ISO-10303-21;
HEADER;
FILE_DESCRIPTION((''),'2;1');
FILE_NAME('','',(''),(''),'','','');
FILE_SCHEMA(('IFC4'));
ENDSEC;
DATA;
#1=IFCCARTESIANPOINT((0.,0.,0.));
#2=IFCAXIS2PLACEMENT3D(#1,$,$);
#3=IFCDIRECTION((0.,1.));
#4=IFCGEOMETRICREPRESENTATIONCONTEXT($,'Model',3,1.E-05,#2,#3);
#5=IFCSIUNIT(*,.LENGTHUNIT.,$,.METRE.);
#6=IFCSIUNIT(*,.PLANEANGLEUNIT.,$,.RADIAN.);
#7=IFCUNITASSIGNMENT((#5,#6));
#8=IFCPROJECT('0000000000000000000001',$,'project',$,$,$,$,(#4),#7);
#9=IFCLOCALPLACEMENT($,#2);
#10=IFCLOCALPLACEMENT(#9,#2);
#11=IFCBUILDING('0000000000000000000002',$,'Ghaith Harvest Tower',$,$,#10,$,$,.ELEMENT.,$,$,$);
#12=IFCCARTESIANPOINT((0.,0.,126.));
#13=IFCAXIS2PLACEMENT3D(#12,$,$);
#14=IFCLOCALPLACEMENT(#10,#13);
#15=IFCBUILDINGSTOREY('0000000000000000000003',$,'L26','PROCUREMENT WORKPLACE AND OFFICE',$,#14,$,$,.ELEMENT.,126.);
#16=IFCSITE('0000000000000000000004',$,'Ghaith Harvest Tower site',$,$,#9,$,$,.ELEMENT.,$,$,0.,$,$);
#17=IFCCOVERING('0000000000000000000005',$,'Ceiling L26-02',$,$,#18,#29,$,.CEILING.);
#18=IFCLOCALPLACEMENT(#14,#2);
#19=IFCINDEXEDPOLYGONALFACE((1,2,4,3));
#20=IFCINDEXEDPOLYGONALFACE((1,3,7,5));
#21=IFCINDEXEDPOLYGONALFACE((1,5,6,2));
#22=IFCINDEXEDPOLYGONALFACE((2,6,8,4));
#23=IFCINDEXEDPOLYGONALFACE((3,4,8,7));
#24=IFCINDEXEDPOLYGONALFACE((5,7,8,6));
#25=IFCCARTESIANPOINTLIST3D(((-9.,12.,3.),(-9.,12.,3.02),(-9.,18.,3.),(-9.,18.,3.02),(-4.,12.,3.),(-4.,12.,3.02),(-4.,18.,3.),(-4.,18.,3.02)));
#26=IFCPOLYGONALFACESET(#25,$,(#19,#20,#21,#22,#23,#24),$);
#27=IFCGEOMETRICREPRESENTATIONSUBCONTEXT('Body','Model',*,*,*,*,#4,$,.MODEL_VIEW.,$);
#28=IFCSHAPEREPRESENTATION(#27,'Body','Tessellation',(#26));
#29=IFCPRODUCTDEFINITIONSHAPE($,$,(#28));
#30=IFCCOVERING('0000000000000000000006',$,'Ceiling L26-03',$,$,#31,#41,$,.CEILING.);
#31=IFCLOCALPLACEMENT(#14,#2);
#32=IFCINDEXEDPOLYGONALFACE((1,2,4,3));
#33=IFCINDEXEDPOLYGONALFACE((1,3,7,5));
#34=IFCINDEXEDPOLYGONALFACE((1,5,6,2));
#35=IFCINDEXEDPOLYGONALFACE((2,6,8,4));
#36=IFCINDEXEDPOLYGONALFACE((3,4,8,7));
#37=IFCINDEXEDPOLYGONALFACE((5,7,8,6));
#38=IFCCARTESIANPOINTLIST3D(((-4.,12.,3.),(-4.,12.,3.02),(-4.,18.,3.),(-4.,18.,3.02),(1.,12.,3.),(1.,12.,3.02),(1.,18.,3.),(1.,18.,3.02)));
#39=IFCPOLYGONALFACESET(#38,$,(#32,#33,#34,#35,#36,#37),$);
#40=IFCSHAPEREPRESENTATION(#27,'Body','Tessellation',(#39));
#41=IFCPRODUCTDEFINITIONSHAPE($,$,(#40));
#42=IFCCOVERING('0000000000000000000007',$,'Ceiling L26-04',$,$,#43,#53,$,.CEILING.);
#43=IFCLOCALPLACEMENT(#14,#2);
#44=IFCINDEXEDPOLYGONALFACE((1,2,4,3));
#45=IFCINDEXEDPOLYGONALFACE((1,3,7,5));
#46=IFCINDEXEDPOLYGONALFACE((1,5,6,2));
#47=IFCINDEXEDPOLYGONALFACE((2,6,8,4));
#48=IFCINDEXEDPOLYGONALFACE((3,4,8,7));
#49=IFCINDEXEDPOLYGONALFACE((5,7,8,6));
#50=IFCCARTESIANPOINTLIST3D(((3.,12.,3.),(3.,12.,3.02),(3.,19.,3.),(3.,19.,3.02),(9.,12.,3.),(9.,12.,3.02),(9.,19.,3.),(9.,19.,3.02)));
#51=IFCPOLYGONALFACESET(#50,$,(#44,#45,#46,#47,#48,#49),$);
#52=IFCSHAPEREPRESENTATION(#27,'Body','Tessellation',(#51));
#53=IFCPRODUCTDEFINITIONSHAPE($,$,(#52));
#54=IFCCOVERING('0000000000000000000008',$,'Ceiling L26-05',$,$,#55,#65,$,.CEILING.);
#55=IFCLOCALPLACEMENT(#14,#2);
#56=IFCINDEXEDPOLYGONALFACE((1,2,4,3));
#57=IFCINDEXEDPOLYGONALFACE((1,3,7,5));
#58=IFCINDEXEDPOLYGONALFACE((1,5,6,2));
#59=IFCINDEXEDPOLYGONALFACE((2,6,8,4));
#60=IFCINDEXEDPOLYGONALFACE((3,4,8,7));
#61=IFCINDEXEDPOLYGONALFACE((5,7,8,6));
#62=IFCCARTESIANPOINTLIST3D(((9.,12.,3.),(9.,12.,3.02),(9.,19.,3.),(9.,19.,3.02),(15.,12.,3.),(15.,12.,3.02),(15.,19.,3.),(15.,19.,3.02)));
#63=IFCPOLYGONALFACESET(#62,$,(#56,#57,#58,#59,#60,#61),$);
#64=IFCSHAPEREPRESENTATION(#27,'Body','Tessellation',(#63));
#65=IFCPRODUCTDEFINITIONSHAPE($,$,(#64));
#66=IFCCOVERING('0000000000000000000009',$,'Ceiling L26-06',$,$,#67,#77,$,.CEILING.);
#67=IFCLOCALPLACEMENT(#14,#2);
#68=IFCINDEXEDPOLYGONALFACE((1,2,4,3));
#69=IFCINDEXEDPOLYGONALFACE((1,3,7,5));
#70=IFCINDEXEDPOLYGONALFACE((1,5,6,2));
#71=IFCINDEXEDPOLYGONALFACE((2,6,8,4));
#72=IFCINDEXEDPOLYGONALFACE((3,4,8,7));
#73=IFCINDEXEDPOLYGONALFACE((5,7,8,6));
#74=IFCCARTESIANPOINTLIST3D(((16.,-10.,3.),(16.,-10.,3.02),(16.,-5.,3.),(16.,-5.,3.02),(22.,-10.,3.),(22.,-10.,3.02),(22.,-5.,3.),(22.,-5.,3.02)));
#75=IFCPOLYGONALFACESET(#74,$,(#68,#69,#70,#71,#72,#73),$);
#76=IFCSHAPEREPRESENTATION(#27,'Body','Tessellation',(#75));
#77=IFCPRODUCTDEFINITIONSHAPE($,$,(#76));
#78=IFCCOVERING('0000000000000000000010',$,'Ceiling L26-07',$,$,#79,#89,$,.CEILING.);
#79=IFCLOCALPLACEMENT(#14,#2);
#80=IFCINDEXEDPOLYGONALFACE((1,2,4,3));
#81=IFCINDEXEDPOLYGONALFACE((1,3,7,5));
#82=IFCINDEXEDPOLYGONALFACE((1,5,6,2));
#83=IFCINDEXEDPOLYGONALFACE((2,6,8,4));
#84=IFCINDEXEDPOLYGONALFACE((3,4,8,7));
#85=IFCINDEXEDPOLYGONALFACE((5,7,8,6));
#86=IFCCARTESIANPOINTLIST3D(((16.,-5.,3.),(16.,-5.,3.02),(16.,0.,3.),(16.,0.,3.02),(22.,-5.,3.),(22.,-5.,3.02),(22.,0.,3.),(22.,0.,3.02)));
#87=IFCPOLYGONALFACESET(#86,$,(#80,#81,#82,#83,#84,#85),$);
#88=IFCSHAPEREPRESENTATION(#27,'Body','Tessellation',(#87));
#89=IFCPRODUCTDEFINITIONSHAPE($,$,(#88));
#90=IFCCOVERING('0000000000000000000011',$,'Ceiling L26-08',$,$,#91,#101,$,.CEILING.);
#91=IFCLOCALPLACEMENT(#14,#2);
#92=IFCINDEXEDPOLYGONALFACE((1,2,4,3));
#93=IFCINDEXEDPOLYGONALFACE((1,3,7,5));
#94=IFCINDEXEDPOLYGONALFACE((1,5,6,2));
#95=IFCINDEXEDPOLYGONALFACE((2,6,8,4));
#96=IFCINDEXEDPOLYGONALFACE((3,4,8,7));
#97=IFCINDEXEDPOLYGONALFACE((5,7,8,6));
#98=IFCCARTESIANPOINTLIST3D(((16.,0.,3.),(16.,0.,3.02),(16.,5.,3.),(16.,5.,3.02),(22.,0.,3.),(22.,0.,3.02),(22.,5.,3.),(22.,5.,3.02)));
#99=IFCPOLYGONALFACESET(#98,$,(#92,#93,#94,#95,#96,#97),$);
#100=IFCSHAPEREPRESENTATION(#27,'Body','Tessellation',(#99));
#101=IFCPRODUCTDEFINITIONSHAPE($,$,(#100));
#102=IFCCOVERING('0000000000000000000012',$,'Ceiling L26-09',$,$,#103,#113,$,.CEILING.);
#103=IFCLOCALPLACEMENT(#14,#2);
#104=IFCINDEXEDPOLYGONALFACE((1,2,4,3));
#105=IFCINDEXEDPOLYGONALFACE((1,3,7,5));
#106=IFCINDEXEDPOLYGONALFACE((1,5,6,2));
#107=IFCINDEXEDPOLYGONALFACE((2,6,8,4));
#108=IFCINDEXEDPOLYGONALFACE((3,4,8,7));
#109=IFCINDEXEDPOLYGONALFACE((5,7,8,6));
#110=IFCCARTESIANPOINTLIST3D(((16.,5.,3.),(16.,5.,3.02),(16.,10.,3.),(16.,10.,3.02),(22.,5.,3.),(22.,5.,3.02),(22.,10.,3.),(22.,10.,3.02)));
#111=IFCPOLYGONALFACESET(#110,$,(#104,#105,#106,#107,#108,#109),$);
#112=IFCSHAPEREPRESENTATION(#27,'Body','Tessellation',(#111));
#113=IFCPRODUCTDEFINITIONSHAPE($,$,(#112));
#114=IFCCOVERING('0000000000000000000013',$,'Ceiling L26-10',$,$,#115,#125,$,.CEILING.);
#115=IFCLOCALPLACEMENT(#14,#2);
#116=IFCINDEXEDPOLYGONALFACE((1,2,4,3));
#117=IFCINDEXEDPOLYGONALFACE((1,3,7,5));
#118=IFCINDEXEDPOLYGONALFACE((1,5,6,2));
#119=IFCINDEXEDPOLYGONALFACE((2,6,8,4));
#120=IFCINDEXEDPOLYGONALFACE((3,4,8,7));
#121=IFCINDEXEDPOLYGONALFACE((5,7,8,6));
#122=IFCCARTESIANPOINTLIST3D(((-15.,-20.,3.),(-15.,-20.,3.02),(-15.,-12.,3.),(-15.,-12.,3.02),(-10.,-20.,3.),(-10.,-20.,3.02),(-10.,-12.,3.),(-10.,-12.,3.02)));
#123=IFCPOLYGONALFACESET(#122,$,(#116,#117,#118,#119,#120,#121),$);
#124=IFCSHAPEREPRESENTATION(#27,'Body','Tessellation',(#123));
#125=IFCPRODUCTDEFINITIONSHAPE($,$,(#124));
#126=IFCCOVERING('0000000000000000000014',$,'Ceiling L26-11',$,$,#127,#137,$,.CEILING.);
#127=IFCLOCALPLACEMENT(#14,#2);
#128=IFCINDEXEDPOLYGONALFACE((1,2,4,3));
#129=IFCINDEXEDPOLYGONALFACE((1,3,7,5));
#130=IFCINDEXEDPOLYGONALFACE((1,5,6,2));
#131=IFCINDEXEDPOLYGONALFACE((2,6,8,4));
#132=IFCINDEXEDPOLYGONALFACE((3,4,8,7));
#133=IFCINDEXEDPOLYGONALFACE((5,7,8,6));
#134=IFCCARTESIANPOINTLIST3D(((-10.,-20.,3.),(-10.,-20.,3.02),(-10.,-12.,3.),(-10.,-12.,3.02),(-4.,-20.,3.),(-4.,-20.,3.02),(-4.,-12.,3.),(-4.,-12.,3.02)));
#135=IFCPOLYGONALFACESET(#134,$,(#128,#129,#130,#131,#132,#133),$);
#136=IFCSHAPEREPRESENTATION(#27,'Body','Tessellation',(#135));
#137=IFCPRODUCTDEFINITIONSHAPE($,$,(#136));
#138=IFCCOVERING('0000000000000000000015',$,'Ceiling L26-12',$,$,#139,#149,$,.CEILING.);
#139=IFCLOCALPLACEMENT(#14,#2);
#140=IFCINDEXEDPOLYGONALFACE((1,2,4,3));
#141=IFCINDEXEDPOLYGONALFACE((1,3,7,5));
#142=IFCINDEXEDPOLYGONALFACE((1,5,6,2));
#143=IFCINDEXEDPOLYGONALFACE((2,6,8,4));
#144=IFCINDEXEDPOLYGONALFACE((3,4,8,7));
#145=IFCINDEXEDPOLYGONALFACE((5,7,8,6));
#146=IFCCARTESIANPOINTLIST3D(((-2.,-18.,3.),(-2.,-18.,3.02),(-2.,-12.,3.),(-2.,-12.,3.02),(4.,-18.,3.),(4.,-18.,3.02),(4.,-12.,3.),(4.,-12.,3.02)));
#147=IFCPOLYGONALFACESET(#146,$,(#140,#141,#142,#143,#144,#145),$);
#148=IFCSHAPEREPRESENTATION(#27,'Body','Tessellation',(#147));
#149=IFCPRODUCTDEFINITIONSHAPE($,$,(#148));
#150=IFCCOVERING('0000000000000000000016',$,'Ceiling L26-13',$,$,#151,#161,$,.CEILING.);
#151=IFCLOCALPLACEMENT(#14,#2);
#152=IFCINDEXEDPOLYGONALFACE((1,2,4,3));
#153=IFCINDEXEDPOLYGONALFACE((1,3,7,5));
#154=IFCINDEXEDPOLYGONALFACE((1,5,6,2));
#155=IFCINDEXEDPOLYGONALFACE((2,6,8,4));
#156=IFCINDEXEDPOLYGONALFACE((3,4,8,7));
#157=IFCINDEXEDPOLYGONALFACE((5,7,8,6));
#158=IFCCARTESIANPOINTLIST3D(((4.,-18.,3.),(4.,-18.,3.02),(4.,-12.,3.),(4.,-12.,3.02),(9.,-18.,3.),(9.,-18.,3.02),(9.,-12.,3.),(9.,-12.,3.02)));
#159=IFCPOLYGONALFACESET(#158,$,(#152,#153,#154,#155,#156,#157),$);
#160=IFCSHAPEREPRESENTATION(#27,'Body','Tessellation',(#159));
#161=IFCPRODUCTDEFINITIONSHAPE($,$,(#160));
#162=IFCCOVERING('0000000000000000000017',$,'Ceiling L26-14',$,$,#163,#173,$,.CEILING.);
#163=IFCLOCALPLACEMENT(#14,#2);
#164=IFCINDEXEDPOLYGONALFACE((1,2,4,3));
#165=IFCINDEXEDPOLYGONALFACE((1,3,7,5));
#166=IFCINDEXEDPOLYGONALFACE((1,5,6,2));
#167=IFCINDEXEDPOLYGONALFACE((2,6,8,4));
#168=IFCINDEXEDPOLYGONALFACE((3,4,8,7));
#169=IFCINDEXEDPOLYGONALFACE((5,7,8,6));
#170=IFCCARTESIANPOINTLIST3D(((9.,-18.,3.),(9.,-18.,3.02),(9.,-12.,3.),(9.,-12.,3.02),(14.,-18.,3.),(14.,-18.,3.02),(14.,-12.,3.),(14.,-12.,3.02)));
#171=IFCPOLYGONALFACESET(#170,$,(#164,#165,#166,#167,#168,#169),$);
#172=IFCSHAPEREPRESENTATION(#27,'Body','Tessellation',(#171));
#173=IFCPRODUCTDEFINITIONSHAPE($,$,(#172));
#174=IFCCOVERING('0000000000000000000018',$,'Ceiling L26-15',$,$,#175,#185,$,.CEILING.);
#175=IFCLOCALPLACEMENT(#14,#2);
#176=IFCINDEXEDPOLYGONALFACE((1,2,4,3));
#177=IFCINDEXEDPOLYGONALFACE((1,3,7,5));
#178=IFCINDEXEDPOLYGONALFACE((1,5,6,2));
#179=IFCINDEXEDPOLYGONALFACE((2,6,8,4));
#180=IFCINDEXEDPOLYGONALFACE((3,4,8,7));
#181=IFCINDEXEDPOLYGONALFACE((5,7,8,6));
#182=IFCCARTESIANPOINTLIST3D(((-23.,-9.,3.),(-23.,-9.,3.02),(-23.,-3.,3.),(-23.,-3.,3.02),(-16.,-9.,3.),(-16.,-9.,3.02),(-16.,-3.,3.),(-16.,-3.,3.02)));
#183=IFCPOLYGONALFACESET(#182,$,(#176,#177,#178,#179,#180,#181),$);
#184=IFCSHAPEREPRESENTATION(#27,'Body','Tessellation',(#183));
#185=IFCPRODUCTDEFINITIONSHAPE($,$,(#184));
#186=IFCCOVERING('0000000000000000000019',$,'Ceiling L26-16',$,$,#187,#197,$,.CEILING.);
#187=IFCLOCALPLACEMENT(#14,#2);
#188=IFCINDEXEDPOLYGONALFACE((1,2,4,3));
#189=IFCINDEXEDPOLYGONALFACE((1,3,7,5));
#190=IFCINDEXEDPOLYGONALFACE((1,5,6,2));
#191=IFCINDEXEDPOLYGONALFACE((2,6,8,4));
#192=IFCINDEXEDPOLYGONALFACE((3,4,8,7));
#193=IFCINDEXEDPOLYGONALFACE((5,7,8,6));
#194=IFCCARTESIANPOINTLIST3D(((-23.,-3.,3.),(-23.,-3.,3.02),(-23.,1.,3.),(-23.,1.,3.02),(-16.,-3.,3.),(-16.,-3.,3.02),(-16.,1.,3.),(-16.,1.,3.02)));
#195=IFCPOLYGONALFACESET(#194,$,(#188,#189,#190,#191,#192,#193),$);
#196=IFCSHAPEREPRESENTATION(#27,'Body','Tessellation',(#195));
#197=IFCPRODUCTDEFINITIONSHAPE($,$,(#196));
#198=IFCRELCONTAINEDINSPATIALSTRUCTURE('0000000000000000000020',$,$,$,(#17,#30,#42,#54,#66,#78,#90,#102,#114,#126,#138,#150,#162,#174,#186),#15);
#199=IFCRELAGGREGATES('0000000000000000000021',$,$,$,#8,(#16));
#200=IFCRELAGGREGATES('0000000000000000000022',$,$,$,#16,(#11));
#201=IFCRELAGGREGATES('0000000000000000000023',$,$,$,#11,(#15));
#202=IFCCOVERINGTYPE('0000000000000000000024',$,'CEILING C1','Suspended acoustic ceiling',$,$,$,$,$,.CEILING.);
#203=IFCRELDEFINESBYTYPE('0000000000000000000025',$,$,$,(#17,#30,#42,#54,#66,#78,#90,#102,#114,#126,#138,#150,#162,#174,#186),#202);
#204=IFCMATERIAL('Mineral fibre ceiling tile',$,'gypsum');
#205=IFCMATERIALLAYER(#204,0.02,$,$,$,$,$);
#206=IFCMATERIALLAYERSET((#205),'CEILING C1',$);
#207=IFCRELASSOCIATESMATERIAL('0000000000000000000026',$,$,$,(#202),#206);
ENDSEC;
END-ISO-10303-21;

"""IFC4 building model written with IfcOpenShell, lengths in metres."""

from ifc_helpers import new_model, si_unit, direction, frame, origin, place, context, subcontext, project, spatial, polyline, outline, extrude, material, layer, layer_set, type_object, element, save


model = new_model("IFC4")

# Units and contexts
model_context = context("Model", 3, precision=1e-05, world=origin(), true_north=direction((0.0, 1.0)))
body_context = subcontext(model_context, "Body", "Model", "MODEL_VIEW")
ifc_project = project(units=[si_unit("LENGTHUNIT", "METRE"), si_unit("PLANEANGLEUNIT", "RADIAN")], contexts=[model_context])

# Site, building, storey
site_placement = place(None, origin())
site = spatial("IfcSite", under=ifc_project, at=site_placement, Name="Ghaith Harvest Tower site", CompositionType="ELEMENT", RefElevation=0.0)
building_placement = place(site_placement, origin())
building = spatial("IfcBuilding", under=site, at=building_placement, Name="Ghaith Harvest Tower", CompositionType="ELEMENT")
storey_placement = place(building_placement, frame((0.0, 0.0, 126.0)))
storey = spatial("IfcBuildingStorey", under=building, at=storey_placement, Name="L26", Description="PROCUREMENT WORKPLACE AND OFFICE", CompositionType="ELEMENT", Elevation=126.0)

# Coverings
ifc_material_1 = material(Name="Mineral fibre ceiling tile", Category="gypsum")
ifc_layer_1 = layer(ifc_material_1, 0.02)
ifc_layer_set_1 = layer_set([ifc_layer_1], Name="CEILING C1")
covering_type = type_object("IfcCoveringType", Name="CEILING C1", Description="Suspended acoustic ceiling", PredefinedType="CEILING", material=ifc_layer_set_1)
covering_1_placement = place(storey_placement, frame((0.0, 0.0, 3.0)))
element("IfcCovering", 1, at=covering_1_placement, inside=storey, type_object=covering_type, Name="Ceiling L26-02", PredefinedType="CEILING", context=body_context, shape_type="SweptSolid", body=[
    extrude(outline(polyline([(-9.0, 12.0), (-4.0, 12.0), (-4.0, 18.0), (-9.0, 18.0), (-9.0, 12.0)])), origin(), (0.0, 0.0, 1.0), 0.02),
])
covering_2_placement = place(storey_placement, frame((0.0, 0.0, 3.0)))
element("IfcCovering", 2, at=covering_2_placement, inside=storey, type_object=covering_type, Name="Ceiling L26-03", PredefinedType="CEILING", context=body_context, shape_type="SweptSolid", body=[
    extrude(outline(polyline([(-4.0, 12.0), (1.0, 12.0), (1.0, 18.0), (-4.0, 18.0), (-4.0, 12.0)])), origin(), (0.0, 0.0, 1.0), 0.02),
])
covering_3_placement = place(storey_placement, frame((0.0, 0.0, 3.0)))
element("IfcCovering", 3, at=covering_3_placement, inside=storey, type_object=covering_type, Name="Ceiling L26-04", PredefinedType="CEILING", context=body_context, shape_type="SweptSolid", body=[
    extrude(outline(polyline([(3.0, 12.0), (9.0, 12.0), (9.0, 19.0), (3.0, 19.0), (3.0, 12.0)])), origin(), (0.0, 0.0, 1.0), 0.02),
])
covering_4_placement = place(storey_placement, frame((0.0, 0.0, 3.0)))
element("IfcCovering", 4, at=covering_4_placement, inside=storey, type_object=covering_type, Name="Ceiling L26-05", PredefinedType="CEILING", context=body_context, shape_type="SweptSolid", body=[
    extrude(outline(polyline([(9.0, 12.0), (15.0, 12.0), (15.0, 19.0), (9.0, 19.0), (9.0, 12.0)])), origin(), (0.0, 0.0, 1.0), 0.02),
])
covering_5_placement = place(storey_placement, frame((0.0, 0.0, 3.0)))
element("IfcCovering", 5, at=covering_5_placement, inside=storey, type_object=covering_type, Name="Ceiling L26-06", PredefinedType="CEILING", context=body_context, shape_type="SweptSolid", body=[
    extrude(outline(polyline([(16.0, -10.0), (22.0, -10.0), (22.0, -5.0), (16.0, -5.0), (16.0, -10.0)])), origin(), (0.0, 0.0, 1.0), 0.02),
])
covering_6_placement = place(storey_placement, frame((0.0, 0.0, 3.0)))
element("IfcCovering", 6, at=covering_6_placement, inside=storey, type_object=covering_type, Name="Ceiling L26-07", PredefinedType="CEILING", context=body_context, shape_type="SweptSolid", body=[
    extrude(outline(polyline([(16.0, -5.0), (22.0, -5.0), (22.0, 0.0), (16.0, 0.0), (16.0, -5.0)])), origin(), (0.0, 0.0, 1.0), 0.02),
])
covering_7_placement = place(storey_placement, frame((0.0, 0.0, 3.0)))
element("IfcCovering", 7, at=covering_7_placement, inside=storey, type_object=covering_type, Name="Ceiling L26-08", PredefinedType="CEILING", context=body_context, shape_type="SweptSolid", body=[
    extrude(outline(polyline([(16.0, 0.0), (22.0, 0.0), (22.0, 5.0), (16.0, 5.0), (16.0, 0.0)])), origin(), (0.0, 0.0, 1.0), 0.02),
])
covering_8_placement = place(storey_placement, frame((0.0, 0.0, 3.0)))
element("IfcCovering", 8, at=covering_8_placement, inside=storey, type_object=covering_type, Name="Ceiling L26-09", PredefinedType="CEILING", context=body_context, shape_type="SweptSolid", body=[
    extrude(outline(polyline([(16.0, 5.0), (22.0, 5.0), (22.0, 10.0), (16.0, 10.0), (16.0, 5.0)])), origin(), (0.0, 0.0, 1.0), 0.02),
])
covering_9_placement = place(storey_placement, frame((0.0, 0.0, 3.0)))
element("IfcCovering", 9, at=covering_9_placement, inside=storey, type_object=covering_type, Name="Ceiling L26-10", PredefinedType="CEILING", context=body_context, shape_type="SweptSolid", body=[
    extrude(outline(polyline([(-15.0, -20.0), (-10.0, -20.0), (-10.0, -12.0), (-15.0, -12.0), (-15.0, -20.0)])), origin(), (0.0, 0.0, 1.0), 0.02),
])
covering_10_placement = place(storey_placement, frame((0.0, 0.0, 3.0)))
element("IfcCovering", 10, at=covering_10_placement, inside=storey, type_object=covering_type, Name="Ceiling L26-11", PredefinedType="CEILING", context=body_context, shape_type="SweptSolid", body=[
    extrude(outline(polyline([(-10.0, -20.0), (-4.0, -20.0), (-4.0, -12.0), (-10.0, -12.0), (-10.0, -20.0)])), origin(), (0.0, 0.0, 1.0), 0.02),
])
covering_11_placement = place(storey_placement, frame((0.0, 0.0, 3.0)))
element("IfcCovering", 11, at=covering_11_placement, inside=storey, type_object=covering_type, Name="Ceiling L26-12", PredefinedType="CEILING", context=body_context, shape_type="SweptSolid", body=[
    extrude(outline(polyline([(-2.0, -18.0), (4.0, -18.0), (4.0, -12.0), (-2.0, -12.0), (-2.0, -18.0)])), origin(), (0.0, 0.0, 1.0), 0.02),
])
covering_12_placement = place(storey_placement, frame((0.0, 0.0, 3.0)))
element("IfcCovering", 12, at=covering_12_placement, inside=storey, type_object=covering_type, Name="Ceiling L26-13", PredefinedType="CEILING", context=body_context, shape_type="SweptSolid", body=[
    extrude(outline(polyline([(4.0, -18.0), (9.0, -18.0), (9.0, -12.0), (4.0, -12.0), (4.0, -18.0)])), origin(), (0.0, 0.0, 1.0), 0.02),
])
covering_13_placement = place(storey_placement, frame((0.0, 0.0, 3.0)))
element("IfcCovering", 13, at=covering_13_placement, inside=storey, type_object=covering_type, Name="Ceiling L26-14", PredefinedType="CEILING", context=body_context, shape_type="SweptSolid", body=[
    extrude(outline(polyline([(9.0, -18.0), (14.0, -18.0), (14.0, -12.0), (9.0, -12.0), (9.0, -18.0)])), origin(), (0.0, 0.0, 1.0), 0.02),
])
covering_14_placement = place(storey_placement, frame((0.0, 0.0, 3.0)))
element("IfcCovering", 14, at=covering_14_placement, inside=storey, type_object=covering_type, Name="Ceiling L26-15", PredefinedType="CEILING", context=body_context, shape_type="SweptSolid", body=[
    extrude(outline(polyline([(-23.0, -9.0), (-16.0, -9.0), (-16.0, -3.0), (-23.0, -3.0), (-23.0, -9.0)])), origin(), (0.0, 0.0, 1.0), 0.02),
])
covering_15_placement = place(storey_placement, frame((0.0, 0.0, 3.0)))
element("IfcCovering", 15, at=covering_15_placement, inside=storey, type_object=covering_type, Name="Ceiling L26-16", PredefinedType="CEILING", context=body_context, shape_type="SweptSolid", body=[
    extrude(outline(polyline([(-23.0, -3.0), (-16.0, -3.0), (-16.0, 1.0), (-23.0, 1.0), (-23.0, -3.0)])), origin(), (0.0, 0.0, 1.0), 0.02),
])

save(model, "model.ifc")
